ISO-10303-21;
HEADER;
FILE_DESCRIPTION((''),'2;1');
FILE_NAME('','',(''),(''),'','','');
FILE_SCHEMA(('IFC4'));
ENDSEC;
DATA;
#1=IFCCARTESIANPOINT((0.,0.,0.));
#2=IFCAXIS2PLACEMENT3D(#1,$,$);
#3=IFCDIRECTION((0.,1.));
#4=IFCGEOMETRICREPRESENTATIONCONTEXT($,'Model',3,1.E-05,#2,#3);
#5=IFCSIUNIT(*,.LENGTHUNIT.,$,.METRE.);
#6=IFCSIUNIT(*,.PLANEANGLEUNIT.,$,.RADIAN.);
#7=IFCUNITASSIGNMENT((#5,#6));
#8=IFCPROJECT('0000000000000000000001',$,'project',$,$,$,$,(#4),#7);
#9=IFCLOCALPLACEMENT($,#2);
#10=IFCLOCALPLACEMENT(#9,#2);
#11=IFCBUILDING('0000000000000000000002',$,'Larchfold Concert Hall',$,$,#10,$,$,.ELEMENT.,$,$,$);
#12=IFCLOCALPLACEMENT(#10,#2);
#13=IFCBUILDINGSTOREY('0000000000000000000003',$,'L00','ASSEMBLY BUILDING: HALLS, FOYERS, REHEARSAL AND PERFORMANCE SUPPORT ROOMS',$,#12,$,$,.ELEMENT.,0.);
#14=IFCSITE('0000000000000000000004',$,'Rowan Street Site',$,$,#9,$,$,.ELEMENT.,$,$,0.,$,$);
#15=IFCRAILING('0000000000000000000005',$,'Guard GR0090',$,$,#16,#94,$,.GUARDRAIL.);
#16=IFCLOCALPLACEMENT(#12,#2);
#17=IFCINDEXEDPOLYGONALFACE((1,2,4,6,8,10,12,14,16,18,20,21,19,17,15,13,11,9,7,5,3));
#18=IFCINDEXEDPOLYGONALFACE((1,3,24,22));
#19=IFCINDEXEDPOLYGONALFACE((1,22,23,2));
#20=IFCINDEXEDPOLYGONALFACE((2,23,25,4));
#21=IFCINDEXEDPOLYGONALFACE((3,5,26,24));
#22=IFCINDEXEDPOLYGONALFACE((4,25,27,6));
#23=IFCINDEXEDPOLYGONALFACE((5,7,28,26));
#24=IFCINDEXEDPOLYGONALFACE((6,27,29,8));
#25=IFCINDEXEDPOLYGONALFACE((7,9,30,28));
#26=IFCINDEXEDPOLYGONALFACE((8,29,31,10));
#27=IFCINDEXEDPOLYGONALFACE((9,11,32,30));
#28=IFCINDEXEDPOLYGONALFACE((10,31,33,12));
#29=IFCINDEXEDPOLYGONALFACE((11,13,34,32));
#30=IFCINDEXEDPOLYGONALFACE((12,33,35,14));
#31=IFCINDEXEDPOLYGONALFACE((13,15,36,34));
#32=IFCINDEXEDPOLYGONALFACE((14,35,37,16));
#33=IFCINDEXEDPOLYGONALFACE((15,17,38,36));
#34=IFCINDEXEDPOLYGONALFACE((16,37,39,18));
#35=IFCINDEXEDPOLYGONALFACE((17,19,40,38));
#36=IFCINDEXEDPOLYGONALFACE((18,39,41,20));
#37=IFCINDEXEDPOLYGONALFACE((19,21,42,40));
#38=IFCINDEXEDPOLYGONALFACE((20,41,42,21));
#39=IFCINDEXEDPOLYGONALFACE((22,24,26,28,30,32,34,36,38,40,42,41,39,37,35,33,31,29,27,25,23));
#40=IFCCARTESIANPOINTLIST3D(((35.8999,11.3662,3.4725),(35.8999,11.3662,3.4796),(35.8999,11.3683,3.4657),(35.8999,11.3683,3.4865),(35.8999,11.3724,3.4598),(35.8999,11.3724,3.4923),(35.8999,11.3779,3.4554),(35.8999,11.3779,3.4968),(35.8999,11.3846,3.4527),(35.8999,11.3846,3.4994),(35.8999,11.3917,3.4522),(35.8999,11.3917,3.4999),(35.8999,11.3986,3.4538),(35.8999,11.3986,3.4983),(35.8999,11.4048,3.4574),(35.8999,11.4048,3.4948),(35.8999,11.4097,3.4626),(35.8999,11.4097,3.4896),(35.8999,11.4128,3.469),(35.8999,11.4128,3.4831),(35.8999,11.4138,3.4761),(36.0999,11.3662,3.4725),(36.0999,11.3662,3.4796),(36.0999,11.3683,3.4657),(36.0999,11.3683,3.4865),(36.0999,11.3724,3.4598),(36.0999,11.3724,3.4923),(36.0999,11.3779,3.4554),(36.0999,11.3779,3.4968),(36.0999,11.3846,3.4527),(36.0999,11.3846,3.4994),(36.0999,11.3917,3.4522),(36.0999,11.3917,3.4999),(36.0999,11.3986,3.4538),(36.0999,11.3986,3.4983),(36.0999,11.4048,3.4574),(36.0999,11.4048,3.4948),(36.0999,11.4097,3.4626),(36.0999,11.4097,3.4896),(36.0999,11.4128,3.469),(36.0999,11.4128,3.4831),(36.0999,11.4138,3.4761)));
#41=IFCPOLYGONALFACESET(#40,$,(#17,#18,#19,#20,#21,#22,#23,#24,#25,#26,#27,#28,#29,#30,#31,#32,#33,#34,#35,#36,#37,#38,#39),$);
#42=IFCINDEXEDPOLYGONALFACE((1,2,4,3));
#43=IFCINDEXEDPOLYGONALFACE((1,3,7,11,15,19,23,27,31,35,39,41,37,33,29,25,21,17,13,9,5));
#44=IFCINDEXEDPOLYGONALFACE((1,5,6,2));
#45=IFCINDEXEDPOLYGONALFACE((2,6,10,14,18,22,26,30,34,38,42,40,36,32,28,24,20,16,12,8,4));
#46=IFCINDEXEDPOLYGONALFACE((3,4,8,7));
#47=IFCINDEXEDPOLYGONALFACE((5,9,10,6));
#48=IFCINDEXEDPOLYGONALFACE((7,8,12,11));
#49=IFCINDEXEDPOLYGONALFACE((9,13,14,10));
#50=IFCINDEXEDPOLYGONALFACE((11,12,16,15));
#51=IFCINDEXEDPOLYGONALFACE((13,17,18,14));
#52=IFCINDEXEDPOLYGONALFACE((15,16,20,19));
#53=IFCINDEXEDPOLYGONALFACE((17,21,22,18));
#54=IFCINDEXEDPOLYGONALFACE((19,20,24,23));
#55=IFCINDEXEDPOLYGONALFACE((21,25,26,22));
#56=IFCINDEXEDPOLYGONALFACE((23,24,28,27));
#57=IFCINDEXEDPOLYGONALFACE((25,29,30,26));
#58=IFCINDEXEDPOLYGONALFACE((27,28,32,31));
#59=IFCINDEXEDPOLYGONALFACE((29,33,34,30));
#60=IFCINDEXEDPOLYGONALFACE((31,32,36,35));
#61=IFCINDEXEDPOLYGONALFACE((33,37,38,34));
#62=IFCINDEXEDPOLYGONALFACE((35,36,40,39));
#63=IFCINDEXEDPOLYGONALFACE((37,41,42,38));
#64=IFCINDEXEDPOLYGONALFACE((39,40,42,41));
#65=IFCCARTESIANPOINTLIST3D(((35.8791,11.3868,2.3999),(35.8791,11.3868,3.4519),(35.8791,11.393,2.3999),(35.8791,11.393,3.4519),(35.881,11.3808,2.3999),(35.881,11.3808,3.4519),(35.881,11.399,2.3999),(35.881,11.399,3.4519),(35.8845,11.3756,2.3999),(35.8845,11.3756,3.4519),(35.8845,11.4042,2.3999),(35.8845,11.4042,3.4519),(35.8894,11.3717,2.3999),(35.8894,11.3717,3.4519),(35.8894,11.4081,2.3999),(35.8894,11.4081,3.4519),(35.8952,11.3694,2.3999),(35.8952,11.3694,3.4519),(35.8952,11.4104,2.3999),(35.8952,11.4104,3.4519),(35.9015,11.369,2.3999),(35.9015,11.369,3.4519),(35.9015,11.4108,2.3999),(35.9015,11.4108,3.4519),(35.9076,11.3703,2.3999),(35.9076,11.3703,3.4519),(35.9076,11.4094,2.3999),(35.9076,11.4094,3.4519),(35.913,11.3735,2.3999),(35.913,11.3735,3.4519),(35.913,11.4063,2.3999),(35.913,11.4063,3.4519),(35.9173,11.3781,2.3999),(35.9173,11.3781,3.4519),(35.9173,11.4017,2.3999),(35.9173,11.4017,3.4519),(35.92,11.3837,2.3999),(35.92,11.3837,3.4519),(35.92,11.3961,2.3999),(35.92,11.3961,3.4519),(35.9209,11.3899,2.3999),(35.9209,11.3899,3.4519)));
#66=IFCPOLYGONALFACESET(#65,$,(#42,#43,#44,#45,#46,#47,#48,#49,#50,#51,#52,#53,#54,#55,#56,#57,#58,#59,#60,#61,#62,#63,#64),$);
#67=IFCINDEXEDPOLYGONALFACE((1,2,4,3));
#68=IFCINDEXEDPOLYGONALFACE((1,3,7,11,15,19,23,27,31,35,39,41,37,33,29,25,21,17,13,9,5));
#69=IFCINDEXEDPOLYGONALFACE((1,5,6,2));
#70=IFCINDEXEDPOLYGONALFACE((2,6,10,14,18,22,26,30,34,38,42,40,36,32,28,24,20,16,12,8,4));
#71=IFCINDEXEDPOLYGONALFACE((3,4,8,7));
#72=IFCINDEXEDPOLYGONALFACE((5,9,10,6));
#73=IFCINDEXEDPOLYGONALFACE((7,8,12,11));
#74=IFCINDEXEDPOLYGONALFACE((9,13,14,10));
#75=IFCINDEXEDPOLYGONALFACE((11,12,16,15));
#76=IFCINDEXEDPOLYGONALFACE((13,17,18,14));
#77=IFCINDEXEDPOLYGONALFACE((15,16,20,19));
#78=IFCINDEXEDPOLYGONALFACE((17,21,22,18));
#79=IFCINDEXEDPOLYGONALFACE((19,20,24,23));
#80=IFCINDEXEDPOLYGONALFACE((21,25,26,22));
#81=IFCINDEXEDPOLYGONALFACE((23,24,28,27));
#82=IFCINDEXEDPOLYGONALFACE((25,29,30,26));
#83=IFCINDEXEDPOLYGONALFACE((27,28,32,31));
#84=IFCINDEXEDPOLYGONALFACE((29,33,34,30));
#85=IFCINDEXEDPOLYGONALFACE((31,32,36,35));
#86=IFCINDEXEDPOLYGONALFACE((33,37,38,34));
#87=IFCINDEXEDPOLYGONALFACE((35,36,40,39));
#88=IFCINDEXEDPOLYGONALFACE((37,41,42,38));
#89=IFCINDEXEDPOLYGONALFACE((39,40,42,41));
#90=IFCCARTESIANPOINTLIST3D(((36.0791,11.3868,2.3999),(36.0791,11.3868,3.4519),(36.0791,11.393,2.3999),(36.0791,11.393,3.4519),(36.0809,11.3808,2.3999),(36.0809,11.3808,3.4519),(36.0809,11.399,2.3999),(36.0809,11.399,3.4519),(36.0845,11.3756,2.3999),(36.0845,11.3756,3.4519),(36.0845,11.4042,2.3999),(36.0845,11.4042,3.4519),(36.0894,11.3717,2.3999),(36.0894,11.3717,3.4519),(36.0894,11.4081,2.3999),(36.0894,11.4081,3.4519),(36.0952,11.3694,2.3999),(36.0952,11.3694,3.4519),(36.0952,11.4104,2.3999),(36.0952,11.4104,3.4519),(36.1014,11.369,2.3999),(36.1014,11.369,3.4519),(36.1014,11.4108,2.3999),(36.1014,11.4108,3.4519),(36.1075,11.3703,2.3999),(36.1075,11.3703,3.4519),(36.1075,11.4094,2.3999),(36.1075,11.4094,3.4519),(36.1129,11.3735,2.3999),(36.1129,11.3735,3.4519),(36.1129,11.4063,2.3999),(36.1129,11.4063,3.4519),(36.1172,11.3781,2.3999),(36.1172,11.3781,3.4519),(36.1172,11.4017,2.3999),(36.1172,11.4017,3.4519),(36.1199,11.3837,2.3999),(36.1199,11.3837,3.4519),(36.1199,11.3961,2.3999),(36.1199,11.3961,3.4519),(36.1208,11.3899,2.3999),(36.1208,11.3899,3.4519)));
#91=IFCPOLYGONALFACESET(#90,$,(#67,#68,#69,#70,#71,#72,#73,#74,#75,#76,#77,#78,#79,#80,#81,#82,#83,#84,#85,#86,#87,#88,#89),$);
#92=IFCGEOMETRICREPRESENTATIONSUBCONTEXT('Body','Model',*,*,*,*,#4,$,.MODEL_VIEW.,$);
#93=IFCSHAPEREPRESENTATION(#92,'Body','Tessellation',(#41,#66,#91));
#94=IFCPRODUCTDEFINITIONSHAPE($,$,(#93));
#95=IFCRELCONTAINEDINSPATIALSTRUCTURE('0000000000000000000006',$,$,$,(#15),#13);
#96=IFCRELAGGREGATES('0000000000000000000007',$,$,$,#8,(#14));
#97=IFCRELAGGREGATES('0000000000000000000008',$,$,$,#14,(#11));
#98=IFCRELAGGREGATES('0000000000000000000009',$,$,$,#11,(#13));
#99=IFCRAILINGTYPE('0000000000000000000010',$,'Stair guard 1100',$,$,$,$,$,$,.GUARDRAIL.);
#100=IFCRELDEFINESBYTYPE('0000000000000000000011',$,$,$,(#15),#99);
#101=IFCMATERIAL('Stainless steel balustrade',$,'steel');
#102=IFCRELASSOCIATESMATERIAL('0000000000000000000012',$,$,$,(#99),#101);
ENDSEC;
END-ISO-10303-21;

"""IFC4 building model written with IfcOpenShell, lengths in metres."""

from ifc_helpers import new_model, si_unit, direction, frame, origin, origin_2d, place, context, subcontext, project, spatial, circle, extrude, material, type_object, element, save


model = new_model("IFC4")

# Units and contexts
model_context = context("Model", 3, precision=1e-05, world=origin(), true_north=direction((0.0, 1.0)))
body_context = subcontext(model_context, "Body", "Model", "MODEL_VIEW")
ifc_project = project(units=[si_unit("LENGTHUNIT", "METRE"), si_unit("PLANEANGLEUNIT", "RADIAN")], contexts=[model_context])

# Site, building, storey
site_placement = place(None, origin())
site = spatial("IfcSite", under=ifc_project, at=site_placement, Name="Rowan Street Site", CompositionType="ELEMENT", RefElevation=0.0)
building_placement = place(site_placement, origin())
building = spatial("IfcBuilding", under=site, at=building_placement, Name="Larchfold Concert Hall", CompositionType="ELEMENT")
storey_placement = place(building_placement, origin())
storey = spatial("IfcBuildingStorey", under=building, at=storey_placement, Name="L00", Description="ASSEMBLY BUILDING: HALLS, FOYERS, REHEARSAL AND PERFORMANCE SUPPORT ROOMS", CompositionType="ELEMENT", Elevation=0.0)

# Railing
ifc_material_1 = material(Name="Stainless steel balustrade", Category="steel")
railing_type_1 = type_object("IfcRailingType", Name="Stair guard 1100", PredefinedType="GUARDRAIL", material=ifc_material_1)
railing_1_placement = place(storey_placement, frame((35.8999, 11.3899, 2.3999)))
element("IfcRailing", 1, at=railing_1_placement, inside=storey, type_object=railing_type_1, Name="Guard GR0090", PredefinedType="GUARDRAIL", context=body_context, shape_type="SweptSolid", body=[
    extrude(circle(Radius=0.0239, at=origin_2d()), frame((0.0, 0.0, 1.0762), z_axis=(1.0, 0.0, 0.0), x_axis=(0.0, 1.0, 0.0)), (0.0, 0.0, 1.0), 0.2),
    extrude(circle(Radius=0.021, at=origin_2d()), origin(), (0.0, 0.0, 1.0), 1.052),
    extrude(circle(Radius=0.021, at=origin_2d()), frame((0.2, 0.0, 0.0)), (0.0, 0.0, 1.0), 1.052),
])

save(model, "model.ifc")
